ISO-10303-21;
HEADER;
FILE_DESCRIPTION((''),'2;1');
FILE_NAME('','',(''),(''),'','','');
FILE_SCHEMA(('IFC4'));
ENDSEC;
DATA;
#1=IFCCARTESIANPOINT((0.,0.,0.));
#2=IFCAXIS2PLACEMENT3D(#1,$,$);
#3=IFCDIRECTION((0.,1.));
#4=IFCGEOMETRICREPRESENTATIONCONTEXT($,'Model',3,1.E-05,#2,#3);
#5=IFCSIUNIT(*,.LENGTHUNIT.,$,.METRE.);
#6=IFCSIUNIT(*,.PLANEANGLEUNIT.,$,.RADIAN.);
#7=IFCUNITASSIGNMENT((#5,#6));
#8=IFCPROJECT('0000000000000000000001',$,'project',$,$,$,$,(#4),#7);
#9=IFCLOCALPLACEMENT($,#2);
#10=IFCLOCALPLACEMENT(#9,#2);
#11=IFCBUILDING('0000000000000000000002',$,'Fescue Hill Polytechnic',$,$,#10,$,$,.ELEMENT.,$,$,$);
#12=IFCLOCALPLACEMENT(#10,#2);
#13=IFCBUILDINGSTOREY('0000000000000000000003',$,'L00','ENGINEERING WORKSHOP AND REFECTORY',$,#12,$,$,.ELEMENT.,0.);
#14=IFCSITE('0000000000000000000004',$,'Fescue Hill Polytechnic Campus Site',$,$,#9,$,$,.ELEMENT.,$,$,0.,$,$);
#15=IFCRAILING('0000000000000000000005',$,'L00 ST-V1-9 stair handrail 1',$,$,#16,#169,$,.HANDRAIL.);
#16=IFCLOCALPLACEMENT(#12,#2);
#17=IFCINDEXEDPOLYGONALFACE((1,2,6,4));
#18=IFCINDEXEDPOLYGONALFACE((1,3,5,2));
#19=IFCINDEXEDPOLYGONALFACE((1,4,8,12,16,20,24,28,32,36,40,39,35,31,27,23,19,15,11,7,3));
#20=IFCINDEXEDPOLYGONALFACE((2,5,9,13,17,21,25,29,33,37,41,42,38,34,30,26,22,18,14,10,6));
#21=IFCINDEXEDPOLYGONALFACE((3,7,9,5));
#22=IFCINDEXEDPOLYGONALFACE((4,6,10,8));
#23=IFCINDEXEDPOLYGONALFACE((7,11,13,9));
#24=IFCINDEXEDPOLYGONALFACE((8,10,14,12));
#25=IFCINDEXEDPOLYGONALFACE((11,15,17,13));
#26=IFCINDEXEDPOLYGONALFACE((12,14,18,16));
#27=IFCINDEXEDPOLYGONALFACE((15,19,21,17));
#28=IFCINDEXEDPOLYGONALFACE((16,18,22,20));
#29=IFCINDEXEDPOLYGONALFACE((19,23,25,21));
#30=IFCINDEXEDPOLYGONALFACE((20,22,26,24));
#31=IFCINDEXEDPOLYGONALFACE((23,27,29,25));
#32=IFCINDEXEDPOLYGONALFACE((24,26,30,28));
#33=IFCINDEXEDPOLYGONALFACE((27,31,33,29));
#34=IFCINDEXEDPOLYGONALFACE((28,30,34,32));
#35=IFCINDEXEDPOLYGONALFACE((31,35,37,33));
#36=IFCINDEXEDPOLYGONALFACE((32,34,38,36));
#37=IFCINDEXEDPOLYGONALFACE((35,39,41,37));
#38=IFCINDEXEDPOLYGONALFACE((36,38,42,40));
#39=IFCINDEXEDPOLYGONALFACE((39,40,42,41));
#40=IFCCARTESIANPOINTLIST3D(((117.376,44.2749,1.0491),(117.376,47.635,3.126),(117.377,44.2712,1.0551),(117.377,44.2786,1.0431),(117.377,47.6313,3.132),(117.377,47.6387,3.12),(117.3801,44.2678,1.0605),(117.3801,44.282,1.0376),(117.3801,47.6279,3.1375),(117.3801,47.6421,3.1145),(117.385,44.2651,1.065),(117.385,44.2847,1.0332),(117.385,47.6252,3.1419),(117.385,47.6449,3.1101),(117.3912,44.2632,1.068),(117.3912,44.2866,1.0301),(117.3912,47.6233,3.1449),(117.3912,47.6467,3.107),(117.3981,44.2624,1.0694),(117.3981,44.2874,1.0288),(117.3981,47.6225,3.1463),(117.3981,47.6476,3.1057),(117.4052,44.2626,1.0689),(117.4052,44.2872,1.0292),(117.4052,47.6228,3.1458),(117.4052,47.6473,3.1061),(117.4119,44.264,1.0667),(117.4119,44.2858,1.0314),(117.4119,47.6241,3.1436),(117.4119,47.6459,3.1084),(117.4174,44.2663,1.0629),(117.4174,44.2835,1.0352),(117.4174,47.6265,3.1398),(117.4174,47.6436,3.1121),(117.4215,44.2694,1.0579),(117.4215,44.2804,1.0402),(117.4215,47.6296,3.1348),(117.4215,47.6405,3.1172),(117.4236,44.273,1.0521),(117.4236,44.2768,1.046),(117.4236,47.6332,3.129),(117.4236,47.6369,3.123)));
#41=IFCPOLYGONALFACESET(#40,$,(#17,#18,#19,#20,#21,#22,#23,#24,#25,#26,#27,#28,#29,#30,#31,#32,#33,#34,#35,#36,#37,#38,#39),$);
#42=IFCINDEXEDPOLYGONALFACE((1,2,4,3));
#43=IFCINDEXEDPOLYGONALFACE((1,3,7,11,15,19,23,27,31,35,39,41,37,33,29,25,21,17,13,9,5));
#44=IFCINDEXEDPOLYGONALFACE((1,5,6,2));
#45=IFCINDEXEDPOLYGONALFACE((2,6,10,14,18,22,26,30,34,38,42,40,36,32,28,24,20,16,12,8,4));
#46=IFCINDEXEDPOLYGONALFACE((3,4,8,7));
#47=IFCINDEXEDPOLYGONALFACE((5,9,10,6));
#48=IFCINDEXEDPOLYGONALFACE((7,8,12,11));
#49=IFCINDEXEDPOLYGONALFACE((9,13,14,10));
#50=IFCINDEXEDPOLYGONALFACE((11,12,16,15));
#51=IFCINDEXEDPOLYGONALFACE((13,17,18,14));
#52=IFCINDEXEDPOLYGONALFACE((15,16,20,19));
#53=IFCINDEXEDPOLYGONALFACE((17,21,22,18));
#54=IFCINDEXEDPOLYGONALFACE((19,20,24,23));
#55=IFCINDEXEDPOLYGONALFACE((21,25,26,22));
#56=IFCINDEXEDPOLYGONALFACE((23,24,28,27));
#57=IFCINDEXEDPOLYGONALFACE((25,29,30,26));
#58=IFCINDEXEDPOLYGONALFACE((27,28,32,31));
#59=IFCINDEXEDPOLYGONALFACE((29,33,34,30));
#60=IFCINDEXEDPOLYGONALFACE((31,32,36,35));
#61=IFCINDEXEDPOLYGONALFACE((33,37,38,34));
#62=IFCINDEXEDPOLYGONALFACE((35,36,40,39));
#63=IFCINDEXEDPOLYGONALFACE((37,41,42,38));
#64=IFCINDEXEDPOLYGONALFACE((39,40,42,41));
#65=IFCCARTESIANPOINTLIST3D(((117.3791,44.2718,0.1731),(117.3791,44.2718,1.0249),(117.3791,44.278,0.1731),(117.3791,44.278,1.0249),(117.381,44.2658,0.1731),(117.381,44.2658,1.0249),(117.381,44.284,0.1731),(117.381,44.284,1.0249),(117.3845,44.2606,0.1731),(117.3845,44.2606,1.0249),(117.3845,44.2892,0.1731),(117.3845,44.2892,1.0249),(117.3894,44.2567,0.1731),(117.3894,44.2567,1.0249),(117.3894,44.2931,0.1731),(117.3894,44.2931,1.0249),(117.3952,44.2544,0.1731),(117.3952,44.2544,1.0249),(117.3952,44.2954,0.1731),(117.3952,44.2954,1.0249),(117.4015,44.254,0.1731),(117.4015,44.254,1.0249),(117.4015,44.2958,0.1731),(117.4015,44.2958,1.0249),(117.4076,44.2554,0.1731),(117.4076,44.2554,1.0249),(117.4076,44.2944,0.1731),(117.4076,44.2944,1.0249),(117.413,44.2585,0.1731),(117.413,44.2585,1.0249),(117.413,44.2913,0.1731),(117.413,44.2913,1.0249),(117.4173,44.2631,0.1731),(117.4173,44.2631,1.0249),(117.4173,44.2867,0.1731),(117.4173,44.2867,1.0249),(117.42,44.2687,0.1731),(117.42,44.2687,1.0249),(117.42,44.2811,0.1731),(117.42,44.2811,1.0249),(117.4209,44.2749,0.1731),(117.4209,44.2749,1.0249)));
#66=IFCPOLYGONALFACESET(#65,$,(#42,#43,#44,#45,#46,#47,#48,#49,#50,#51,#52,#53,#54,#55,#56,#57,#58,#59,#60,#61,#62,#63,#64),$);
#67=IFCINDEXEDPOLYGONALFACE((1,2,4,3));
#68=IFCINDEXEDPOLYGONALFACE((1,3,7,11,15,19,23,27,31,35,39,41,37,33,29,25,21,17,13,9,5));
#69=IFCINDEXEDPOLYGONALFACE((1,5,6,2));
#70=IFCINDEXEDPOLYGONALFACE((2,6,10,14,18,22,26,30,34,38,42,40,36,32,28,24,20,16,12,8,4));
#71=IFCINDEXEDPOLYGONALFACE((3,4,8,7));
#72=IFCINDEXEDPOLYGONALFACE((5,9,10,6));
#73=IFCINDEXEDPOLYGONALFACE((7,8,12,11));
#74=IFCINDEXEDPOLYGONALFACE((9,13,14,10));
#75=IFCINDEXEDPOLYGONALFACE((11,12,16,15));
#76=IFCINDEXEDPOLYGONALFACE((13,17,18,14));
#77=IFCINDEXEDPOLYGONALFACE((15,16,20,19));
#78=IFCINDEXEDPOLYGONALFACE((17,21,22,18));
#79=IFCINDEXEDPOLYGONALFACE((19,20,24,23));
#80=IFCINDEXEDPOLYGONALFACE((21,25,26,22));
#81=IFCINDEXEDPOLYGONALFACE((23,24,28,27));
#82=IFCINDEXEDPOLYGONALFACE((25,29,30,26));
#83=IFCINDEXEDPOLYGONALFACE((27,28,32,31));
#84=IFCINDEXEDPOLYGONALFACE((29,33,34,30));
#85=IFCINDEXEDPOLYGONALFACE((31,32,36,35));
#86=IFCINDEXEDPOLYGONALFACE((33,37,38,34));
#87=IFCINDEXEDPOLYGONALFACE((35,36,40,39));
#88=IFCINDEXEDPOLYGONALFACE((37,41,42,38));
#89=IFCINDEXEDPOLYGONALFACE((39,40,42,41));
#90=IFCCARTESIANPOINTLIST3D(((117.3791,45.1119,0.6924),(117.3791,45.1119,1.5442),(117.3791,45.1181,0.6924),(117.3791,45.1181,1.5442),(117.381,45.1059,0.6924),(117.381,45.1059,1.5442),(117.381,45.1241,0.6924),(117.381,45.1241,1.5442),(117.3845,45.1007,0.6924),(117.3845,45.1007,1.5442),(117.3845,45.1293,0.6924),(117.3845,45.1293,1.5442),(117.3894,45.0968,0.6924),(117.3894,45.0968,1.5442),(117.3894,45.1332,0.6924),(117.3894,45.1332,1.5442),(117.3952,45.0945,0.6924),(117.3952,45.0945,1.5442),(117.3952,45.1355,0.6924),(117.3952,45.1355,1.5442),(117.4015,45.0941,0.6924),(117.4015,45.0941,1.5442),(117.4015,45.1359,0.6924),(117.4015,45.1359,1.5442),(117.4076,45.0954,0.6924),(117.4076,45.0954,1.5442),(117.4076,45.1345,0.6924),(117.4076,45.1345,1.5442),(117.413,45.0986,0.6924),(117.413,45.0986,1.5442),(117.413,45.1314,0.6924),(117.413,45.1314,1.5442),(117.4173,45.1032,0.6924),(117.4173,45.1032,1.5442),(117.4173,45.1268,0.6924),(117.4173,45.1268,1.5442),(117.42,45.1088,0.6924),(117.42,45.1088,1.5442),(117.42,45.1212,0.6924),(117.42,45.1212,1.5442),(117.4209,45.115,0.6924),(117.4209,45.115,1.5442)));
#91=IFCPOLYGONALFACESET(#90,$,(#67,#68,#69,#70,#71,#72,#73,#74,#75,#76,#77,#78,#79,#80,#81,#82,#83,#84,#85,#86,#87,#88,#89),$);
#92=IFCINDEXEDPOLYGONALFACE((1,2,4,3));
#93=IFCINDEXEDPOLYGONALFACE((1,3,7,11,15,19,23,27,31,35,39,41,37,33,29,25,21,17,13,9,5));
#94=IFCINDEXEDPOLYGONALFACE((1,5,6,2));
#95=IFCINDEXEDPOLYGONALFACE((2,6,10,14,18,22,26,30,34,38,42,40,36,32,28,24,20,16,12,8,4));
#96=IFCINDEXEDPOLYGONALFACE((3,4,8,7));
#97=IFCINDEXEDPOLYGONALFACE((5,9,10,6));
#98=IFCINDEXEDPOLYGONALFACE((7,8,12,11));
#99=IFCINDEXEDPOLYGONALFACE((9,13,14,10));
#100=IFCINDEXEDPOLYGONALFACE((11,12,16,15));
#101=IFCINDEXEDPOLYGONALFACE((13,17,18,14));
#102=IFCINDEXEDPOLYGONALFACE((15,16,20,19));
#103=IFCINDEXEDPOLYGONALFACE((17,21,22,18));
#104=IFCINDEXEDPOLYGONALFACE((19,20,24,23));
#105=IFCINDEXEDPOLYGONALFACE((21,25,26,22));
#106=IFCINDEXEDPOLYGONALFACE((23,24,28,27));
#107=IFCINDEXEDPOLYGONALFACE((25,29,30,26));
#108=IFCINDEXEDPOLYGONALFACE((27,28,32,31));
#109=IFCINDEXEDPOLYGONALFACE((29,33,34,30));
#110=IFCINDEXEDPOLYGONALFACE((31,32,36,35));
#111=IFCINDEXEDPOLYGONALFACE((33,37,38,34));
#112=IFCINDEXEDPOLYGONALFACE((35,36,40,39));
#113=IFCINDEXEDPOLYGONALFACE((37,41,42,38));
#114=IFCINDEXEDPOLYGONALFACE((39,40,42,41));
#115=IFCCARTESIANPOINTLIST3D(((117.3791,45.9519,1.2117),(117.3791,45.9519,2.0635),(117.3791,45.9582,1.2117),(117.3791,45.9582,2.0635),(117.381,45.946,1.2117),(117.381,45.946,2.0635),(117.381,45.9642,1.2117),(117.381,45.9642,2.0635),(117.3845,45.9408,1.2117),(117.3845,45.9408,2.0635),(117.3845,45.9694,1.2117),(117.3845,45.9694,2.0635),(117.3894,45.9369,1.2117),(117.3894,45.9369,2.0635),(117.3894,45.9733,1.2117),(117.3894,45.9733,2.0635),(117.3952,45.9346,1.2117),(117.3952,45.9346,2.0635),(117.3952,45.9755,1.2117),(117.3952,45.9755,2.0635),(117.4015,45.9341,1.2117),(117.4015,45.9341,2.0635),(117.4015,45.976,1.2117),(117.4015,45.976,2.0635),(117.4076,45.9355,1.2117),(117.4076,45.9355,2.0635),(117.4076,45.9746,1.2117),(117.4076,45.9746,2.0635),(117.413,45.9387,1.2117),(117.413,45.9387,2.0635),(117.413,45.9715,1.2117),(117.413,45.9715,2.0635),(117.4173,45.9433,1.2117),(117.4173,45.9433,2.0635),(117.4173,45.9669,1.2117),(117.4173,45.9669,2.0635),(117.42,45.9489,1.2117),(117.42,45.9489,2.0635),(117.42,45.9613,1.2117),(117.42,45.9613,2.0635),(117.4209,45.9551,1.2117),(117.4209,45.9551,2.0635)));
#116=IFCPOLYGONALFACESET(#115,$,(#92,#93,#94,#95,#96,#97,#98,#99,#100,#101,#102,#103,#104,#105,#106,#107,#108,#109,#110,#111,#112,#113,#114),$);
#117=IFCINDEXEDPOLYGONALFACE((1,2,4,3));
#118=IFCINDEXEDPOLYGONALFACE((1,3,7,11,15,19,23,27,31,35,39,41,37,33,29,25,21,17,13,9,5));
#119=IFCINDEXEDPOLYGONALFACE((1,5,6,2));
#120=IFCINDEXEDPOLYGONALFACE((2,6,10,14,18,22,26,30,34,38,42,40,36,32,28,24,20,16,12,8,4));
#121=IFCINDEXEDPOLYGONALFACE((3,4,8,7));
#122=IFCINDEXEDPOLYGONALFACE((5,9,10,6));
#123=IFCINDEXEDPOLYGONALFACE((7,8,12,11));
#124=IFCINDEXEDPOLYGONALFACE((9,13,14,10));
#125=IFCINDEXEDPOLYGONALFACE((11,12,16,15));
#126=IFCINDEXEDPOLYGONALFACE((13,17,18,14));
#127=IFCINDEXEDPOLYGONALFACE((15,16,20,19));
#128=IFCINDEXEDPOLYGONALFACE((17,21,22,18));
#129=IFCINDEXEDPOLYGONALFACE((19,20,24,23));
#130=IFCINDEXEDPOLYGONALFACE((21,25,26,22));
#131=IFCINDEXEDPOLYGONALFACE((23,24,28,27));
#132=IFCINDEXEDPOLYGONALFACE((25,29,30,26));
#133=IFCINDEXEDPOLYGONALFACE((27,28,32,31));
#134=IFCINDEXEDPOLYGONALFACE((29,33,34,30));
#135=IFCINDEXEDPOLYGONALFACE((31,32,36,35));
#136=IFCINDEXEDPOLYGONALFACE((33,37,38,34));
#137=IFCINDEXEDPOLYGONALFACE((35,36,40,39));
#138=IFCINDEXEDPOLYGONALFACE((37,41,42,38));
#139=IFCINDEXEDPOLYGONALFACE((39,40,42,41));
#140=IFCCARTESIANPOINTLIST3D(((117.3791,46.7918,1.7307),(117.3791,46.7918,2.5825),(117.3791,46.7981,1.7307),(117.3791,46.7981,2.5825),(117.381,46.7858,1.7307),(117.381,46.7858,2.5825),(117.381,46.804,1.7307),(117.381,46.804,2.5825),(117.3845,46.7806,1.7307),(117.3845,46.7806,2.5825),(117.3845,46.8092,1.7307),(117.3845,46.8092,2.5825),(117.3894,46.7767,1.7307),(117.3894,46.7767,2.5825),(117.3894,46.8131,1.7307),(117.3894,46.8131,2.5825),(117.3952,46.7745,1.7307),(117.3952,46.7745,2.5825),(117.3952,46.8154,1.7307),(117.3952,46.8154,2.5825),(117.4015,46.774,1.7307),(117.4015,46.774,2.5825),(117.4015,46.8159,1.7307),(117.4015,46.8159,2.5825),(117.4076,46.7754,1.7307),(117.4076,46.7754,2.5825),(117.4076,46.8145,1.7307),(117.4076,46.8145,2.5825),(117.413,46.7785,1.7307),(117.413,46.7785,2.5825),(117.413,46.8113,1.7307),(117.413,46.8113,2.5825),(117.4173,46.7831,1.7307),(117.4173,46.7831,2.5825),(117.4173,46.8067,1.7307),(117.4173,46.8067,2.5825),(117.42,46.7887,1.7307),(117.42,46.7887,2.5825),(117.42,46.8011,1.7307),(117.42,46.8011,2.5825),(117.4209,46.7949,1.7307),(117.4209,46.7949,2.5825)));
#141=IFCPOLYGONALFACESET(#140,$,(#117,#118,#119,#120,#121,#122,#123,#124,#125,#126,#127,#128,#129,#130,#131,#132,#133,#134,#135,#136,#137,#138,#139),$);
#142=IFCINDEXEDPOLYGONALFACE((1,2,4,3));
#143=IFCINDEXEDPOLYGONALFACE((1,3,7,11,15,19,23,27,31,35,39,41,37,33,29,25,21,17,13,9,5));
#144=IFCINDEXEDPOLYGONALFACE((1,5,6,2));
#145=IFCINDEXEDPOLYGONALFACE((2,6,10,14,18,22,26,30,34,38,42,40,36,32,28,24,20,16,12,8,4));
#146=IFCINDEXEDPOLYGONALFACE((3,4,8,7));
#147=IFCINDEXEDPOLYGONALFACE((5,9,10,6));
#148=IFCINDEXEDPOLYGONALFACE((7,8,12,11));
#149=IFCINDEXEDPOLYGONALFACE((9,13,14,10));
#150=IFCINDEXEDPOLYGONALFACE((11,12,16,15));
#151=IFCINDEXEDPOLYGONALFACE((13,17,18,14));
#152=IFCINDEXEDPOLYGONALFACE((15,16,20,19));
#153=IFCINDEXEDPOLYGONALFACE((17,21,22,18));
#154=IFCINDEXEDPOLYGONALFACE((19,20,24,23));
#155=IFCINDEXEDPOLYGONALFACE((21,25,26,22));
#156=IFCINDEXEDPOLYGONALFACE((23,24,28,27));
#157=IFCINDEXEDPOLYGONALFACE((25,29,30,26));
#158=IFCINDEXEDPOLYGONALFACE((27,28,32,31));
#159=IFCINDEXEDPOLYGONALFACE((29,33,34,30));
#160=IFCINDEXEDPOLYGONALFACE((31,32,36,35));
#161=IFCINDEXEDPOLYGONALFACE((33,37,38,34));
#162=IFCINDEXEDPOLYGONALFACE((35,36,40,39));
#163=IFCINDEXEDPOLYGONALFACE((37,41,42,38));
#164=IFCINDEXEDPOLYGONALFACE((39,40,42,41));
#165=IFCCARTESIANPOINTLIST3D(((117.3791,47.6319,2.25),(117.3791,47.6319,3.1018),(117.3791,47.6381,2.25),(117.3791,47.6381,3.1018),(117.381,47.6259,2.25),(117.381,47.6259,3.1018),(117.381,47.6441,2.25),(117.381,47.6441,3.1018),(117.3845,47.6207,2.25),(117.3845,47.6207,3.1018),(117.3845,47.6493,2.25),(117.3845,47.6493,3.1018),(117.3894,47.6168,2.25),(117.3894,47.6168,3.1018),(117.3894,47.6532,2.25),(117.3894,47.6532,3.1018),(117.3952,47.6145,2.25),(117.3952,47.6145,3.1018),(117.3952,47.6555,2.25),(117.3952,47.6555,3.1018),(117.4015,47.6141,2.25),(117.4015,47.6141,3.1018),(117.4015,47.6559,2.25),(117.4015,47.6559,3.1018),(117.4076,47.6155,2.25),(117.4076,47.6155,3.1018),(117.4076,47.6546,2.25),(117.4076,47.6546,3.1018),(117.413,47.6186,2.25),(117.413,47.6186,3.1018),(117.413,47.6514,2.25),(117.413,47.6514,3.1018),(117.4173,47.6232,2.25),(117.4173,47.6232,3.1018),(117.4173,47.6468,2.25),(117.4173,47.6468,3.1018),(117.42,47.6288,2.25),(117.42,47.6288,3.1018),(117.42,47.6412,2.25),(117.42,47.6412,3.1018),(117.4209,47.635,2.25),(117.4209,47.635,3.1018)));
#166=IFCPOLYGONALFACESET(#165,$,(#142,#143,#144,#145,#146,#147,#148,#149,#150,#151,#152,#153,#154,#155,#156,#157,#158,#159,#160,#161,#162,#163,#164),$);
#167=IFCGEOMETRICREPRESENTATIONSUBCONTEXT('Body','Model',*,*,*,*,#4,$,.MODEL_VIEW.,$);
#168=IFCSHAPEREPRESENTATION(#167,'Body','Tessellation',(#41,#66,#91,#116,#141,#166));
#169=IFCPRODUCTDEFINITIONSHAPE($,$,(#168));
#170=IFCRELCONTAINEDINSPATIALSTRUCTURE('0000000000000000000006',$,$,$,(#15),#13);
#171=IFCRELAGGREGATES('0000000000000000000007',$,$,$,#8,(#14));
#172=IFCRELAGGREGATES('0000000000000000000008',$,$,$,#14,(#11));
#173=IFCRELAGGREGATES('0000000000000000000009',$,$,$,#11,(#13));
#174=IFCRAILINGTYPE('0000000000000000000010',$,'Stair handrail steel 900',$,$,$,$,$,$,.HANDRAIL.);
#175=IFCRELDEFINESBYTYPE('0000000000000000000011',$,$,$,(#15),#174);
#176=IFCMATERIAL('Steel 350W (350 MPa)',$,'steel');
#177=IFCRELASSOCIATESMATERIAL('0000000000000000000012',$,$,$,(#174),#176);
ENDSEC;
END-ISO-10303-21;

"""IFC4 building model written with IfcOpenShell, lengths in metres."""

from ifc_helpers import new_model, si_unit, direction, frame, origin, origin_2d, place, context, subcontext, project, spatial, circle, extrude, material, type_object, element, save


model = new_model("IFC4")

# Units and contexts
model_context = context("Model", 3, precision=1e-05, world=origin(), true_north=direction((0.0, 1.0)))
body_context = subcontext(model_context, "Body", "Model", "MODEL_VIEW")
ifc_project = project(units=[si_unit("LENGTHUNIT", "METRE"), si_unit("PLANEANGLEUNIT", "RADIAN")], contexts=[model_context])

# Site, building, storey
site_placement = place(None, origin())
site = spatial("IfcSite", under=ifc_project, at=site_placement, Name="Fescue Hill Polytechnic Campus Site", CompositionType="ELEMENT", RefElevation=0.0)
building_placement = place(site_placement, origin())
building = spatial("IfcBuilding", under=site, at=building_placement, Name="Fescue Hill Polytechnic", CompositionType="ELEMENT")
storey_placement = place(building_placement, origin())
storey = spatial("IfcBuildingStorey", under=building, at=storey_placement, Name="L00", Description="ENGINEERING WORKSHOP AND REFECTORY", CompositionType="ELEMENT", Elevation=0.0)

# Railing
ifc_material_1 = material(Name="Steel 350W (350 MPa)", Category="steel")
railing_type_1 = type_object("IfcRailingType", Name="Stair handrail steel 900", PredefinedType="HANDRAIL", material=ifc_material_1)
railing_1_placement = place(storey_placement, frame((117.3999, 44.2749, 0.1731)))
element("IfcRailing", 1, at=railing_1_placement, inside=storey, type_object=railing_type_1, Name="L00 ST-V1-9 stair handrail 1", PredefinedType="HANDRAIL", context=body_context, shape_type="SweptSolid", body=[
    extrude(circle(Radius=0.0239, at=origin_2d()), frame((0.0, 0.0, 0.876), z_axis=(0.0, 0.850623, 0.525776), x_axis=(-1.0, 0.0, 0.0)), (0.0, 0.0, 1.0), 3.9502),
    extrude(circle(Radius=0.021, at=origin_2d()), origin(), (0.0, 0.0, 1.0), 0.8518),
    extrude(circle(Radius=0.021, at=origin_2d()), frame((0.0, 0.8401, 0.5193)), (0.0, 0.0, 1.0), 0.8518),
    extrude(circle(Radius=0.021, at=origin_2d()), frame((0.0, 1.6802, 1.0386)), (0.0, 0.0, 1.0), 0.8518),
    extrude(circle(Radius=0.021, at=origin_2d()), frame((0.0, 2.52, 1.5576)), (0.0, 0.0, 1.0), 0.8518),
    extrude(circle(Radius=0.021, at=origin_2d()), frame((0.0, 3.3601, 2.0769)), (0.0, 0.0, 1.0), 0.8518),
])

save(model, "model.ifc")
